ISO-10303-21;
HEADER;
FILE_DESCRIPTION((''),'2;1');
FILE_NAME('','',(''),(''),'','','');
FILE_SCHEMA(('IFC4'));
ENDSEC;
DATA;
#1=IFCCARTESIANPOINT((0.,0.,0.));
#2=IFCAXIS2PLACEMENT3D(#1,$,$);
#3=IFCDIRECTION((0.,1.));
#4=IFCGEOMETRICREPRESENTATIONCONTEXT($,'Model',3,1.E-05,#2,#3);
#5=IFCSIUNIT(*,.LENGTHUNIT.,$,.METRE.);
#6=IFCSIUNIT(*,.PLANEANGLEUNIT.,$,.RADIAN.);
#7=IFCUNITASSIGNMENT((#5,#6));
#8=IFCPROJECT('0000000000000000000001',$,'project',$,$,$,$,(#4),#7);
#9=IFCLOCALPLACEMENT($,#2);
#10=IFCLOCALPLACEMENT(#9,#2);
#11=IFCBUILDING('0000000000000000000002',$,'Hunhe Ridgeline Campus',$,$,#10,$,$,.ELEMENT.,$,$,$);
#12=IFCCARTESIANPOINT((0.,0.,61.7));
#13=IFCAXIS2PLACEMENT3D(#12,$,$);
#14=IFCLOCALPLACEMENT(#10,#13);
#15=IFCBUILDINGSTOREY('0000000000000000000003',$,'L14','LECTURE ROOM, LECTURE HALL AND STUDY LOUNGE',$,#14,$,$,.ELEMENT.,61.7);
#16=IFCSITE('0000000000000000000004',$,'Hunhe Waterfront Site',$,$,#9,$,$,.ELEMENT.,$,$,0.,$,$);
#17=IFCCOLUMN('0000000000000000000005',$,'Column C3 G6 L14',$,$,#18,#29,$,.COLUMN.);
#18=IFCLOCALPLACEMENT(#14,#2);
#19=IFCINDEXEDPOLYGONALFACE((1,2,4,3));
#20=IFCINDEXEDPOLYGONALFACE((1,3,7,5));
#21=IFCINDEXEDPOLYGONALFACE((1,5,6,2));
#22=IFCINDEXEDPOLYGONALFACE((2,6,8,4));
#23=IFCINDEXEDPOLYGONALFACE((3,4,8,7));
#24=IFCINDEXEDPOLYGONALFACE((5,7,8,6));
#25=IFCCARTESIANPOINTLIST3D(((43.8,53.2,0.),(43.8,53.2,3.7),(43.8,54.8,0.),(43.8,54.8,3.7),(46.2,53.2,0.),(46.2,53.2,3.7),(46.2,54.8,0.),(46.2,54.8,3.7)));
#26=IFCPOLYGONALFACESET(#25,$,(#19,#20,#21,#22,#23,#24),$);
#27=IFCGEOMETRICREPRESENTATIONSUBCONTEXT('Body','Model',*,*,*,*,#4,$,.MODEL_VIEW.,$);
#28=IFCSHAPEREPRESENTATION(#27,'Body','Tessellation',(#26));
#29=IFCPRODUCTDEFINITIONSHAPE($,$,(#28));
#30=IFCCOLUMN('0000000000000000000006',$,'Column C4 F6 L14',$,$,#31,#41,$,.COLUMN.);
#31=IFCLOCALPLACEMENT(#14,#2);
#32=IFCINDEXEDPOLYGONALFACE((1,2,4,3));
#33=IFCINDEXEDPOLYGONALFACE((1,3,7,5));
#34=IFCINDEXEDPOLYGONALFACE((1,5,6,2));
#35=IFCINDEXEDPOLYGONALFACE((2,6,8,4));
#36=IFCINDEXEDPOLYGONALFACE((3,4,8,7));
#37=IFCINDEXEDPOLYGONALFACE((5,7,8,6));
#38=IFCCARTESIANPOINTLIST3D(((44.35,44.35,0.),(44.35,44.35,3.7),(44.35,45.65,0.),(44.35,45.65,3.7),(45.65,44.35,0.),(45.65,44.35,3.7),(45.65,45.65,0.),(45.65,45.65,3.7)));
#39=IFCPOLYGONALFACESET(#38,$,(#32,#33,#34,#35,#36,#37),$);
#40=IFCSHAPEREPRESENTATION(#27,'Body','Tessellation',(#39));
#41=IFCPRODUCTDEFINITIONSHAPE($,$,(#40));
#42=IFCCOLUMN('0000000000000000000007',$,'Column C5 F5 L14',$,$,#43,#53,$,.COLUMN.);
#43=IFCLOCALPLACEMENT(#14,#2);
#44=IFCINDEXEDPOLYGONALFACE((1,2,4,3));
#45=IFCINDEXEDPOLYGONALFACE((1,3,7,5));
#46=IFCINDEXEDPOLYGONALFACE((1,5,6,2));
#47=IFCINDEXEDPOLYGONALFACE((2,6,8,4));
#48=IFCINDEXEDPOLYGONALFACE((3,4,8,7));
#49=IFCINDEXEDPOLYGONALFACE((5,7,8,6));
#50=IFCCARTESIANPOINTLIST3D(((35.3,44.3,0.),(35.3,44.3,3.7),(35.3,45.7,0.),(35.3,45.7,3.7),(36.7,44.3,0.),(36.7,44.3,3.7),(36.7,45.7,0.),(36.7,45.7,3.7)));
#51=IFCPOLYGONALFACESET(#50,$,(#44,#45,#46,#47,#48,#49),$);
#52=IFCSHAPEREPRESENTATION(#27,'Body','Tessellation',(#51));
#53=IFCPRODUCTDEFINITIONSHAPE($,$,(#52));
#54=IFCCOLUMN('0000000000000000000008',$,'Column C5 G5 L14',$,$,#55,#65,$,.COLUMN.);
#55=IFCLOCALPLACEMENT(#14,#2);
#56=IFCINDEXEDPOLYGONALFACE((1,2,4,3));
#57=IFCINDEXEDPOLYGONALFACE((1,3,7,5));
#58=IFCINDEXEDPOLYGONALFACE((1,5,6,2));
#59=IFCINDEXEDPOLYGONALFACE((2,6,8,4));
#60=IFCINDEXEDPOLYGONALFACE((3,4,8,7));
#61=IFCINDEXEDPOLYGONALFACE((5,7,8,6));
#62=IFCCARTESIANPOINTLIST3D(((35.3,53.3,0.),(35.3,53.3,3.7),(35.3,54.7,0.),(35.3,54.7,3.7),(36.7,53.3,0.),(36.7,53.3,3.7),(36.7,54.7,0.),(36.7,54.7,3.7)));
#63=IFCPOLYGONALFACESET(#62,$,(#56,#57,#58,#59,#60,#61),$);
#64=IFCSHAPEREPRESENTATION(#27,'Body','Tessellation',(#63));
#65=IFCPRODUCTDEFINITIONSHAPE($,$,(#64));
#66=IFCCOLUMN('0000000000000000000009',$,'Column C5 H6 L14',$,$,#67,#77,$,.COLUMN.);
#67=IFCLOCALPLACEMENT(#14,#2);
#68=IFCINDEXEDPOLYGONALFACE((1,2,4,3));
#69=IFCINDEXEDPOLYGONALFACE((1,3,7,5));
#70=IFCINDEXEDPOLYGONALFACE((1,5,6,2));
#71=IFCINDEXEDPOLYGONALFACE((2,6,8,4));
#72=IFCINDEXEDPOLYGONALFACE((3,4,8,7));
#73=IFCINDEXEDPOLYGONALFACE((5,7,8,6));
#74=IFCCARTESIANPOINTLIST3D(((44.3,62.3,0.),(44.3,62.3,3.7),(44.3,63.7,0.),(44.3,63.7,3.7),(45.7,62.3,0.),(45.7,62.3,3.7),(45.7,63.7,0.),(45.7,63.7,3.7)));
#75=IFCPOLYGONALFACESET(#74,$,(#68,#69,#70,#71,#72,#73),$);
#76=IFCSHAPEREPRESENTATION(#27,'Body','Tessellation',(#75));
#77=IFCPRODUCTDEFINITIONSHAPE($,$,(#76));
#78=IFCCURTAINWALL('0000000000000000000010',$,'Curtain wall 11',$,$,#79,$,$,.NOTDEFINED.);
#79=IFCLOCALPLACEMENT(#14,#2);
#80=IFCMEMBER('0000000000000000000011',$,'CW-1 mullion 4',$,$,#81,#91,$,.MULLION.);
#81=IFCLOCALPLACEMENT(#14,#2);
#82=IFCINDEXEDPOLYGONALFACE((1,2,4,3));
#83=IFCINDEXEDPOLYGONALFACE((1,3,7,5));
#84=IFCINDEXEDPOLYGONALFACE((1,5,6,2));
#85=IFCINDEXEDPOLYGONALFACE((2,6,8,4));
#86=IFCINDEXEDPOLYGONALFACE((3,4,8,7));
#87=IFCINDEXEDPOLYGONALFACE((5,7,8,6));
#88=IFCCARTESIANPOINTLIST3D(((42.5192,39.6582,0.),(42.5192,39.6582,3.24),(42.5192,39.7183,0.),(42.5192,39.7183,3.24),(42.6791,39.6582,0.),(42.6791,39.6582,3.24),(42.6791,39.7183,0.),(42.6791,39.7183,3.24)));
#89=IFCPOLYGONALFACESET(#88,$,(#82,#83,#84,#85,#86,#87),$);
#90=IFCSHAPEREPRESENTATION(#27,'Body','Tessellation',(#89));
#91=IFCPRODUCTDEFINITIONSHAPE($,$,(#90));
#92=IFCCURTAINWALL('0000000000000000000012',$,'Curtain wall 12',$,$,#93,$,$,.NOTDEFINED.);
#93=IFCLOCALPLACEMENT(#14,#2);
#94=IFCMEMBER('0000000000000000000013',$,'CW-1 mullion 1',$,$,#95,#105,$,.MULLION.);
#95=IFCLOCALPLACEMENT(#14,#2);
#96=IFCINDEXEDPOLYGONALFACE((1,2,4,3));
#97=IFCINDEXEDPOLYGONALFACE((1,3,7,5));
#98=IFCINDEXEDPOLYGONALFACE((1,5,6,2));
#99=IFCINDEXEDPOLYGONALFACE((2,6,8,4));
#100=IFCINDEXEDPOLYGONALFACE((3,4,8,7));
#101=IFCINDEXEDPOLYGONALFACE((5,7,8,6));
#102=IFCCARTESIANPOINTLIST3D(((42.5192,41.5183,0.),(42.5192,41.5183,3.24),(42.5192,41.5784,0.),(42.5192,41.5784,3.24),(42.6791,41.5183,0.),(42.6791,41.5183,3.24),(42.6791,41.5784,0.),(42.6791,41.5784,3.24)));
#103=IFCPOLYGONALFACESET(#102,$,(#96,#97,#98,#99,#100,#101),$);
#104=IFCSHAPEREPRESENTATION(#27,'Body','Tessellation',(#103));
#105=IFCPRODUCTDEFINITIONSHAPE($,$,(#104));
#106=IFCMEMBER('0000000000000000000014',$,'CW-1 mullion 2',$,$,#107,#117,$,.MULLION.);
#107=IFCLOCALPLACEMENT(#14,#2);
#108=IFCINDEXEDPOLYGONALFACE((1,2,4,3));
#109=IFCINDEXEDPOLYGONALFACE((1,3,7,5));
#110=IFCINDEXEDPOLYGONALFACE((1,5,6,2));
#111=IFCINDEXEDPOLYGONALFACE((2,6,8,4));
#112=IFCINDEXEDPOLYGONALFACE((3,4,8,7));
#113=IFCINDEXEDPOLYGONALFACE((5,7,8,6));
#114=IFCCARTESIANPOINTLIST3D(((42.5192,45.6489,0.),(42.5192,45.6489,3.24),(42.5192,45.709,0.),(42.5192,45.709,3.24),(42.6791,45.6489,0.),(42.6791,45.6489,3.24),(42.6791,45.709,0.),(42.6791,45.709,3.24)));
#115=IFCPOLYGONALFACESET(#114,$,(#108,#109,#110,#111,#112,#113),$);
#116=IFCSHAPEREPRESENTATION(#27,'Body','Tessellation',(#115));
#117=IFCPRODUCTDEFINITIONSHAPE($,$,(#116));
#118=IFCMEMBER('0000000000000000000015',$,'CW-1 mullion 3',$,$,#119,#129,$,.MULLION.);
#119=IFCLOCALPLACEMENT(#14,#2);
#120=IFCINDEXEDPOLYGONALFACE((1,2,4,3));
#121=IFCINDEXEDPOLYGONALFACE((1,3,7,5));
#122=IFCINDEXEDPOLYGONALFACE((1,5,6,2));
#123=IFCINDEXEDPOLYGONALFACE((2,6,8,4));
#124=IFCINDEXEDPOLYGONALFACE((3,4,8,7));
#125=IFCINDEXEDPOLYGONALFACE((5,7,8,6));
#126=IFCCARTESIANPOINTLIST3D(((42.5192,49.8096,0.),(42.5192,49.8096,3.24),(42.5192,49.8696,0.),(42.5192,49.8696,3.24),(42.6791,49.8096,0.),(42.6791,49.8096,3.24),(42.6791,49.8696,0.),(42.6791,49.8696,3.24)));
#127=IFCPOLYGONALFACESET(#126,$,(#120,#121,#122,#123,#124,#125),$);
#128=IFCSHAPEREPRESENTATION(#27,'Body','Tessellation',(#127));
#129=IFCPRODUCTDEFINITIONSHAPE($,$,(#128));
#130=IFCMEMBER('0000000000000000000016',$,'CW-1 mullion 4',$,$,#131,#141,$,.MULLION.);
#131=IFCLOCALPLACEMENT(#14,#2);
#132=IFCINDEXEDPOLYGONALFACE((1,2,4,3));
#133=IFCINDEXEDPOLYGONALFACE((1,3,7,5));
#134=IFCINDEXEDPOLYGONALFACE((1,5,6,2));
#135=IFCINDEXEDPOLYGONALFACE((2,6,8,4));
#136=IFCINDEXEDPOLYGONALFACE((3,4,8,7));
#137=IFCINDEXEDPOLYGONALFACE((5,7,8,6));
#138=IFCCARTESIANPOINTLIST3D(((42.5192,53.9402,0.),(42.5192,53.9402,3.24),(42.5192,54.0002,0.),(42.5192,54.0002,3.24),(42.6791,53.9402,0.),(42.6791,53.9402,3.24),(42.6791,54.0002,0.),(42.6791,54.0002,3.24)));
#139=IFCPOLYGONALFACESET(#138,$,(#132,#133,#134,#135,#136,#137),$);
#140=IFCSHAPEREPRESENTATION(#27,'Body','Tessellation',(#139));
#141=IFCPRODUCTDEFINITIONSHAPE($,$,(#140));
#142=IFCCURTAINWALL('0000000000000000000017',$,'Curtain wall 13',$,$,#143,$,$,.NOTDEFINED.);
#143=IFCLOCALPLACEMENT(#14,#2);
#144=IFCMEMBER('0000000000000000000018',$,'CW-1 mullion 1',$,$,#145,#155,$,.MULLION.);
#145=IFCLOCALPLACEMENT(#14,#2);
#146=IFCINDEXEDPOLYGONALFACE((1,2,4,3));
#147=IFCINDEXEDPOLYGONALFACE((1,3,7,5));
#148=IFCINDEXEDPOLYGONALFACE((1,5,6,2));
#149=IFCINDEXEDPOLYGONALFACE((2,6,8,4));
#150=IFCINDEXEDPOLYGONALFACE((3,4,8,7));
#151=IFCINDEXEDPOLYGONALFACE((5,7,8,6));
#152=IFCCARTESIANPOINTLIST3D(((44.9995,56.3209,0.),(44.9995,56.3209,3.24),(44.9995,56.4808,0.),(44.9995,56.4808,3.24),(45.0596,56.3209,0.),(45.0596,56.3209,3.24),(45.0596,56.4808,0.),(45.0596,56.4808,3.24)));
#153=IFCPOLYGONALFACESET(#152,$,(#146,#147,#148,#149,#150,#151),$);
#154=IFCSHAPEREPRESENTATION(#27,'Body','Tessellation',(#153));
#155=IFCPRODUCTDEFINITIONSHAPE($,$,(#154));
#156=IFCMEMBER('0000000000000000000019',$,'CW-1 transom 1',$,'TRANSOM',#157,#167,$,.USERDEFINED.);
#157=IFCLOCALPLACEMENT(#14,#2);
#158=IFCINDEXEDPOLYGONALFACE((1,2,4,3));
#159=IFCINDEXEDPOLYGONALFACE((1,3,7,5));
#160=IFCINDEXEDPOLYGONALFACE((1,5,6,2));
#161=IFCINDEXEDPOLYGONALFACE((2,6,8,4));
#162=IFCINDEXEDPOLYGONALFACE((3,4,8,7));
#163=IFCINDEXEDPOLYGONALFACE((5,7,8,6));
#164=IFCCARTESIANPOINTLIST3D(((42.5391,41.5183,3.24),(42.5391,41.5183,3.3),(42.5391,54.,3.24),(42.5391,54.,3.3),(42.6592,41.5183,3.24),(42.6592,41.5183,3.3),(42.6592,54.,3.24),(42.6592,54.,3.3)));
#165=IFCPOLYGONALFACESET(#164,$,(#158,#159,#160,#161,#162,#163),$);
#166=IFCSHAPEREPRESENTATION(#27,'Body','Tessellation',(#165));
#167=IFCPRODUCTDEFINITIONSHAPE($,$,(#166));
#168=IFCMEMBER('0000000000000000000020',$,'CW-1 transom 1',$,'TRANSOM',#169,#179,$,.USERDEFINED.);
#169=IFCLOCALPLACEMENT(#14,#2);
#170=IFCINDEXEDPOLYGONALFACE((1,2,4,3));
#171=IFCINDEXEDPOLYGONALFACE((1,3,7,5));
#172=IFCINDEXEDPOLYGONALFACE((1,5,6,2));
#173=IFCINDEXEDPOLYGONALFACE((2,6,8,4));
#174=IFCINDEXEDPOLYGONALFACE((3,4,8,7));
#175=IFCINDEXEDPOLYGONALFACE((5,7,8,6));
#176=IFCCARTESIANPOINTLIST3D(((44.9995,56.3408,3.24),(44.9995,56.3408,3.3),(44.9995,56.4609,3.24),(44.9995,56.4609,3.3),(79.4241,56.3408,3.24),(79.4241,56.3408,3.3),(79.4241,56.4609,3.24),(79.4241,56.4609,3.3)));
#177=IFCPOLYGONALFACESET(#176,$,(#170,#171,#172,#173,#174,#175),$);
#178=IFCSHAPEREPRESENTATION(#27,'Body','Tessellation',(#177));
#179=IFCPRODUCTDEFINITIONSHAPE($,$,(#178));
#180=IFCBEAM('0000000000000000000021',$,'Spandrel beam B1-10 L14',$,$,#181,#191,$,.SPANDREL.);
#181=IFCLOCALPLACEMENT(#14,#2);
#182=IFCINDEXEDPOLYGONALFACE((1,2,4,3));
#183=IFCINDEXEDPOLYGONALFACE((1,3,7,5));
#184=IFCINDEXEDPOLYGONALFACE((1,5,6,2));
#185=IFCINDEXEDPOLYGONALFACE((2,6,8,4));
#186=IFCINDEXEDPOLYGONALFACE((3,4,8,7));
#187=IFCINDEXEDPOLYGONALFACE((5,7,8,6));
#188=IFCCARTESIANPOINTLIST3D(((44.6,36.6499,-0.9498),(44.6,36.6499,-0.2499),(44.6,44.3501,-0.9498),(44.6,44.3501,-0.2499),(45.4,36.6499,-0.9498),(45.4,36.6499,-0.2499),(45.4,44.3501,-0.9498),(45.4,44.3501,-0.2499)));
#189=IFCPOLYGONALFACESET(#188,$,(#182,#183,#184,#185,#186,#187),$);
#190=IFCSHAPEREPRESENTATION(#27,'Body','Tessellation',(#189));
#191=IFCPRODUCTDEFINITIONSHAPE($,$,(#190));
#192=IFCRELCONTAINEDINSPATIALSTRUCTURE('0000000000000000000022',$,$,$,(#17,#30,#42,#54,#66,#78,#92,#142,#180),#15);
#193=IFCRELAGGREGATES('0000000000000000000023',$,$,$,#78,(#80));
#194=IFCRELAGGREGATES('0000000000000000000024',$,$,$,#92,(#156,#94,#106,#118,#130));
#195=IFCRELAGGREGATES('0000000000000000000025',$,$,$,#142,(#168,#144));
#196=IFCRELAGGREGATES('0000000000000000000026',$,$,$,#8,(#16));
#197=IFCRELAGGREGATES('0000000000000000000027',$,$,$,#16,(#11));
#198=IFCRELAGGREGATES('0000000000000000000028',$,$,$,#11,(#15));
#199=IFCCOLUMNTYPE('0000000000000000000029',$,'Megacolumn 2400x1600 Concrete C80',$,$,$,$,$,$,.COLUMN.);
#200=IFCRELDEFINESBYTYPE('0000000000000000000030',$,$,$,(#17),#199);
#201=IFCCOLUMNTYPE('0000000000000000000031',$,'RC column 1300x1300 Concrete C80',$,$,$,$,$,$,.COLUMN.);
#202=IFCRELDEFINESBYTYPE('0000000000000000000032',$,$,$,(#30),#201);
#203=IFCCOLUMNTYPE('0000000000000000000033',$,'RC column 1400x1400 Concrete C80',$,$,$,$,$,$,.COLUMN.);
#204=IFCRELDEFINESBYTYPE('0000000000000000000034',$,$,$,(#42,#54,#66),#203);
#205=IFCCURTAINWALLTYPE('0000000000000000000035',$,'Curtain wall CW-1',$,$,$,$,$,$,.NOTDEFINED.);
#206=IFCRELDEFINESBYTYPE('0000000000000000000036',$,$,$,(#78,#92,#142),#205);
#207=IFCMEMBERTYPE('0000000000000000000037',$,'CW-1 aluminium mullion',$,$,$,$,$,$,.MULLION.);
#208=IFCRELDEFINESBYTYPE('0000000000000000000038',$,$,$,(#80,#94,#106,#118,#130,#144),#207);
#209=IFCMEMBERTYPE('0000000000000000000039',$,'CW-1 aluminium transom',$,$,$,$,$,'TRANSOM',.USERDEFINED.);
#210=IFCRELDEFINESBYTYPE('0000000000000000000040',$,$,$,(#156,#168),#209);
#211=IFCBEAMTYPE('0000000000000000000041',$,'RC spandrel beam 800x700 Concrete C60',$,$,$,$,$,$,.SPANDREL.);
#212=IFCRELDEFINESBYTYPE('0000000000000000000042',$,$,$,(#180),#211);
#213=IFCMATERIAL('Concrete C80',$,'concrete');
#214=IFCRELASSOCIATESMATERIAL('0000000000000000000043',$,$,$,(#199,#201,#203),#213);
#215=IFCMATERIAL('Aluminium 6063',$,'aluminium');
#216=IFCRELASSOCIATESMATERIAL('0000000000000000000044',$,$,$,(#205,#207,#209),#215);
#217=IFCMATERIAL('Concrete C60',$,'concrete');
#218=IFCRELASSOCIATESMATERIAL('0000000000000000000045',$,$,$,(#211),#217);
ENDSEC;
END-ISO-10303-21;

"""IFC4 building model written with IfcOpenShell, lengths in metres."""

from ifc_helpers import new_model, si_unit, direction, frame, origin, origin_2d, place, context, subcontext, project, spatial, rectangle, extrude, material, material_profile, profile_set, type_object, element, aggregate, save


model = new_model("IFC4")

# Units and contexts
model_context = context("Model", 3, precision=1e-05, world=origin(), true_north=direction((0.0, 1.0)))
body_context = subcontext(model_context, "Body", "Model", "MODEL_VIEW")
ifc_project = project(units=[si_unit("LENGTHUNIT", "METRE"), si_unit("PLANEANGLEUNIT", "RADIAN")], contexts=[model_context])

# Site, building, storey
site_placement = place(None, origin())
site = spatial("IfcSite", under=ifc_project, at=site_placement, Name="Hunhe Waterfront Site", CompositionType="ELEMENT", RefElevation=0.0)
building_placement = place(site_placement, origin())
building = spatial("IfcBuilding", under=site, at=building_placement, Name="Hunhe Ridgeline Campus", CompositionType="ELEMENT")
storey_placement = place(building_placement, frame((0.0, 0.0, 61.7)))
storey = spatial("IfcBuildingStorey", under=building, at=storey_placement, Name="L14", Description="LECTURE ROOM, LECTURE HALL AND STUDY LOUNGE", CompositionType="ELEMENT", Elevation=61.7)

# Columns
ifc_material_1 = material(Name="Concrete C80", Category="concrete")
ifc_material_profile_1 = material_profile(ifc_material_1, rectangle(XDim=2.3999, YDim=1.6001, at=origin_2d()))
ifc_profile_set_1 = profile_set([ifc_material_profile_1], Name="Concrete C80")
column_type_1 = type_object("IfcColumnType", Name="Megacolumn 2400x1600 Concrete C80", PredefinedType="COLUMN", material=ifc_profile_set_1)
column_1_placement = place(storey_placement, frame((45.0, 54.0, 0.0), z_axis=(0.0, 0.0, 1.0), x_axis=(1.0, 0.0, 0.0)))
element("IfcColumn", 1, at=column_1_placement, inside=storey, type_object=column_type_1, Name="Column C3 G6 L14", PredefinedType="COLUMN", context=body_context, shape_type="SweptSolid", body=[
    extrude(rectangle(XDim=2.3999, YDim=1.6001, at=origin_2d()), origin(), (0.0, 0.0, 1.0), 3.7),
])
ifc_material_profile_2 = material_profile(ifc_material_1, rectangle(XDim=1.3, YDim=1.3, at=origin_2d()))
ifc_profile_set_2 = profile_set([ifc_material_profile_2], Name="Concrete C80")
column_type_2 = type_object("IfcColumnType", Name="RC column 1300x1300 Concrete C80", PredefinedType="COLUMN", material=ifc_profile_set_2)
column_2_placement = place(storey_placement, frame((45.0, 45.0, 0.0), z_axis=(0.0, 0.0, 1.0), x_axis=(1.0, 0.0, 0.0)))
element("IfcColumn", 2, at=column_2_placement, inside=storey, type_object=column_type_2, Name="Column C4 F6 L14", PredefinedType="COLUMN", context=body_context, shape_type="SweptSolid", body=[
    extrude(rectangle(XDim=1.3, YDim=1.3, at=origin_2d()), origin(), (0.0, 0.0, 1.0), 3.7),
])
ifc_material_profile_3 = material_profile(ifc_material_1, rectangle(XDim=1.3999, YDim=1.3999, at=origin_2d()))
ifc_profile_set_3 = profile_set([ifc_material_profile_3], Name="Concrete C80")
column_type_3 = type_object("IfcColumnType", Name="RC column 1400x1400 Concrete C80", PredefinedType="COLUMN", material=ifc_profile_set_3)
for number, where, z_axis, x_axis, name in (
    (3, (36.0, 45.0, 0.0), (0.0, 0.0, 1.0), (1.0, 0.0, 0.0), "Column C5 F5 L14"),
    (4, (36.0, 54.0, 0.0), (0.0, 0.0, 1.0), (1.0, 0.0, 0.0), "Column C5 G5 L14"),
    (5, (45.0, 63.0, 0.0), (0.0, 0.0, 1.0), (1.0, 0.0, 0.0), "Column C5 H6 L14"),
):
    element("IfcColumn", number, at=place(storey_placement, frame(where, z_axis=z_axis, x_axis=x_axis)), inside=storey, type_object=column_type_3, Name=name, PredefinedType="COLUMN", context=body_context, shape_type="SweptSolid", body=[
        extrude(rectangle(XDim=1.3999, YDim=1.3999, at=origin_2d()), origin(), (0.0, 0.0, 1.0), 3.7),
    ])

# Curtain wall, member
ifc_material_2 = material(Name="Aluminium 6063", Category="aluminium")
curtain_wall_type = type_object("IfcCurtainWallType", Name="Curtain wall CW-1", PredefinedType="NOTDEFINED", material=ifc_material_2)
curtain_wall_1_placement = place(storey_placement, origin())
curtain_wall_1 = element("IfcCurtainWall", 6, at=curtain_wall_1_placement, inside=storey, type_object=curtain_wall_type, Name="Curtain wall 11", PredefinedType="NOTDEFINED")
ifc_material_profile_4 = material_profile(ifc_material_2, rectangle(XDim=0.1599, YDim=0.0601, at=origin_2d()))
ifc_profile_set_4 = profile_set([ifc_material_profile_4], Name="Aluminium 6063")
member_type_1 = type_object("IfcMemberType", Name="CW-1 aluminium mullion", PredefinedType="MULLION", material=ifc_profile_set_4)
member_1_placement = place(storey_placement, frame((42.5991, 39.6882, 0.0), z_axis=(0.0, 0.0, 1.0), x_axis=(-1.0, 0.0, 0.0)))
member_1 = element("IfcMember", 7, at=member_1_placement, type_object=member_type_1, Name="CW-1 mullion 4", PredefinedType="MULLION", context=body_context, shape_type="SweptSolid", body=[
    extrude(rectangle(XDim=0.1599, YDim=0.0601, at=origin_2d()), origin(), (0.0, 0.0, 1.0), 3.24),
])

# Curtain wall, members
curtain_wall_2_placement = place(storey_placement, origin())
curtain_wall_2 = element("IfcCurtainWall", 8, at=curtain_wall_2_placement, inside=storey, type_object=curtain_wall_type, Name="Curtain wall 12", PredefinedType="NOTDEFINED")
member_2_placement = place(storey_placement, frame((42.5991, 41.5483, 0.0), z_axis=(0.0, 0.0, 1.0), x_axis=(-1.0, 0.0, 0.0)))
member_2 = element("IfcMember", 9, at=member_2_placement, type_object=member_type_1, Name="CW-1 mullion 1", PredefinedType="MULLION", context=body_context, shape_type="SweptSolid", body=[
    extrude(rectangle(XDim=0.1599, YDim=0.0601, at=origin_2d()), origin(), (0.0, 0.0, 1.0), 3.24),
])
member_3_placement = place(storey_placement, frame((42.5991, 45.679, 0.0), z_axis=(0.0, 0.0, 1.0), x_axis=(-1.0, 0.0, 0.0)))
member_3 = element("IfcMember", 10, at=member_3_placement, type_object=member_type_1, Name="CW-1 mullion 2", PredefinedType="MULLION", context=body_context, shape_type="SweptSolid", body=[
    extrude(rectangle(XDim=0.1599, YDim=0.0601, at=origin_2d()), origin(), (0.0, 0.0, 1.0), 3.24),
])
member_4_placement = place(storey_placement, frame((42.5991, 49.8396, 0.0), z_axis=(0.0, 0.0, 1.0), x_axis=(-1.0, 0.0, 0.0)))
member_4 = element("IfcMember", 11, at=member_4_placement, type_object=member_type_1, Name="CW-1 mullion 3", PredefinedType="MULLION", context=body_context, shape_type="SweptSolid", body=[
    extrude(rectangle(XDim=0.1599, YDim=0.0601, at=origin_2d()), origin(), (0.0, 0.0, 1.0), 3.24),
])
member_5_placement = place(storey_placement, frame((42.5991, 53.9702, 0.0), z_axis=(0.0, 0.0, 1.0), x_axis=(-1.0, 0.0, 0.0)))
member_5 = element("IfcMember", 12, at=member_5_placement, type_object=member_type_1, Name="CW-1 mullion 4", PredefinedType="MULLION", context=body_context, shape_type="SweptSolid", body=[
    extrude(rectangle(XDim=0.1599, YDim=0.0601, at=origin_2d()), origin(), (0.0, 0.0, 1.0), 3.24),
])

# Curtain wall, member
curtain_wall_3_placement = place(storey_placement, origin())
curtain_wall_3 = element("IfcCurtainWall", 13, at=curtain_wall_3_placement, inside=storey, type_object=curtain_wall_type, Name="Curtain wall 13", PredefinedType="NOTDEFINED")
member_6_placement = place(storey_placement, frame((45.0295, 56.4009, 0.0), z_axis=(0.0, 0.0, 1.0), x_axis=(-0.000004, 1.0, 0.0)))
member_6 = element("IfcMember", 14, at=member_6_placement, type_object=member_type_1, Name="CW-1 mullion 1", PredefinedType="MULLION", context=body_context, shape_type="SweptSolid", body=[
    extrude(rectangle(XDim=0.1599, YDim=0.0601, at=origin_2d()), origin(), (0.0, 0.0, 1.0), 3.24),
])

# Members
ifc_material_profile_5 = material_profile(ifc_material_2, rectangle(XDim=0.1201, YDim=0.0601, at=origin_2d()))
ifc_profile_set_5 = profile_set([ifc_material_profile_5], Name="Aluminium 6063")
member_type_2 = type_object("IfcMemberType", Name="CW-1 aluminium transom", ElementType="TRANSOM", PredefinedType="USERDEFINED", material=ifc_profile_set_5)
member_7_placement = place(storey_placement, frame((42.5991, 41.5183, 3.27), z_axis=(0.0, 1.0, 0.0), x_axis=(-1.0, 0.0, 0.0)))
member_7 = element("IfcMember", 15, at=member_7_placement, type_object=member_type_2, Name="CW-1 transom 1", ObjectType="TRANSOM", PredefinedType="USERDEFINED", context=body_context, shape_type="SweptSolid", body=[
    extrude(rectangle(XDim=0.1201, YDim=0.0601, at=origin_2d()), origin(), (0.0, 0.0, 1.0), 12.4817),
])
member_8_placement = place(storey_placement, frame((44.9995, 56.4009, 3.27), z_axis=(1.0, 0.0, 0.0), x_axis=(0.0, 1.0, 0.0)))
member_8 = element("IfcMember", 16, at=member_8_placement, type_object=member_type_2, Name="CW-1 transom 1", ObjectType="TRANSOM", PredefinedType="USERDEFINED", context=body_context, shape_type="SweptSolid", body=[
    extrude(rectangle(XDim=0.1201, YDim=0.0601, at=origin_2d()), origin(), (0.0, 0.0, 1.0), 34.4246),
])

# Beam
ifc_material_3 = material(Name="Concrete C60", Category="concrete")
ifc_material_profile_6 = material_profile(ifc_material_3, rectangle(XDim=0.8, YDim=0.7, at=origin_2d()))
ifc_profile_set_6 = profile_set([ifc_material_profile_6], Name="Concrete C60")
beam_type = type_object("IfcBeamType", Name="RC spandrel beam 800x700 Concrete C60", PredefinedType="SPANDREL", material=ifc_profile_set_6)
beam_1_placement = place(storey_placement, frame((45.0, 36.6499, -0.5999), z_axis=(0.0, 1.0, 0.0), x_axis=(-1.0, 0.0, 0.0)))
element("IfcBeam", 17, at=beam_1_placement, inside=storey, type_object=beam_type, Name="Spandrel beam B1-10 L14", PredefinedType="SPANDREL", context=body_context, shape_type="SweptSolid", body=[
    extrude(rectangle(XDim=0.8, YDim=0.7, at=origin_2d()), origin(), (0.0, 0.0, 1.0), 7.7002),
])

aggregate(curtain_wall_1, [member_1])
aggregate(curtain_wall_2, [member_7, member_2, member_3, member_4, member_5])
aggregate(curtain_wall_3, [member_8, member_6])

save(model, "model.ifc")
